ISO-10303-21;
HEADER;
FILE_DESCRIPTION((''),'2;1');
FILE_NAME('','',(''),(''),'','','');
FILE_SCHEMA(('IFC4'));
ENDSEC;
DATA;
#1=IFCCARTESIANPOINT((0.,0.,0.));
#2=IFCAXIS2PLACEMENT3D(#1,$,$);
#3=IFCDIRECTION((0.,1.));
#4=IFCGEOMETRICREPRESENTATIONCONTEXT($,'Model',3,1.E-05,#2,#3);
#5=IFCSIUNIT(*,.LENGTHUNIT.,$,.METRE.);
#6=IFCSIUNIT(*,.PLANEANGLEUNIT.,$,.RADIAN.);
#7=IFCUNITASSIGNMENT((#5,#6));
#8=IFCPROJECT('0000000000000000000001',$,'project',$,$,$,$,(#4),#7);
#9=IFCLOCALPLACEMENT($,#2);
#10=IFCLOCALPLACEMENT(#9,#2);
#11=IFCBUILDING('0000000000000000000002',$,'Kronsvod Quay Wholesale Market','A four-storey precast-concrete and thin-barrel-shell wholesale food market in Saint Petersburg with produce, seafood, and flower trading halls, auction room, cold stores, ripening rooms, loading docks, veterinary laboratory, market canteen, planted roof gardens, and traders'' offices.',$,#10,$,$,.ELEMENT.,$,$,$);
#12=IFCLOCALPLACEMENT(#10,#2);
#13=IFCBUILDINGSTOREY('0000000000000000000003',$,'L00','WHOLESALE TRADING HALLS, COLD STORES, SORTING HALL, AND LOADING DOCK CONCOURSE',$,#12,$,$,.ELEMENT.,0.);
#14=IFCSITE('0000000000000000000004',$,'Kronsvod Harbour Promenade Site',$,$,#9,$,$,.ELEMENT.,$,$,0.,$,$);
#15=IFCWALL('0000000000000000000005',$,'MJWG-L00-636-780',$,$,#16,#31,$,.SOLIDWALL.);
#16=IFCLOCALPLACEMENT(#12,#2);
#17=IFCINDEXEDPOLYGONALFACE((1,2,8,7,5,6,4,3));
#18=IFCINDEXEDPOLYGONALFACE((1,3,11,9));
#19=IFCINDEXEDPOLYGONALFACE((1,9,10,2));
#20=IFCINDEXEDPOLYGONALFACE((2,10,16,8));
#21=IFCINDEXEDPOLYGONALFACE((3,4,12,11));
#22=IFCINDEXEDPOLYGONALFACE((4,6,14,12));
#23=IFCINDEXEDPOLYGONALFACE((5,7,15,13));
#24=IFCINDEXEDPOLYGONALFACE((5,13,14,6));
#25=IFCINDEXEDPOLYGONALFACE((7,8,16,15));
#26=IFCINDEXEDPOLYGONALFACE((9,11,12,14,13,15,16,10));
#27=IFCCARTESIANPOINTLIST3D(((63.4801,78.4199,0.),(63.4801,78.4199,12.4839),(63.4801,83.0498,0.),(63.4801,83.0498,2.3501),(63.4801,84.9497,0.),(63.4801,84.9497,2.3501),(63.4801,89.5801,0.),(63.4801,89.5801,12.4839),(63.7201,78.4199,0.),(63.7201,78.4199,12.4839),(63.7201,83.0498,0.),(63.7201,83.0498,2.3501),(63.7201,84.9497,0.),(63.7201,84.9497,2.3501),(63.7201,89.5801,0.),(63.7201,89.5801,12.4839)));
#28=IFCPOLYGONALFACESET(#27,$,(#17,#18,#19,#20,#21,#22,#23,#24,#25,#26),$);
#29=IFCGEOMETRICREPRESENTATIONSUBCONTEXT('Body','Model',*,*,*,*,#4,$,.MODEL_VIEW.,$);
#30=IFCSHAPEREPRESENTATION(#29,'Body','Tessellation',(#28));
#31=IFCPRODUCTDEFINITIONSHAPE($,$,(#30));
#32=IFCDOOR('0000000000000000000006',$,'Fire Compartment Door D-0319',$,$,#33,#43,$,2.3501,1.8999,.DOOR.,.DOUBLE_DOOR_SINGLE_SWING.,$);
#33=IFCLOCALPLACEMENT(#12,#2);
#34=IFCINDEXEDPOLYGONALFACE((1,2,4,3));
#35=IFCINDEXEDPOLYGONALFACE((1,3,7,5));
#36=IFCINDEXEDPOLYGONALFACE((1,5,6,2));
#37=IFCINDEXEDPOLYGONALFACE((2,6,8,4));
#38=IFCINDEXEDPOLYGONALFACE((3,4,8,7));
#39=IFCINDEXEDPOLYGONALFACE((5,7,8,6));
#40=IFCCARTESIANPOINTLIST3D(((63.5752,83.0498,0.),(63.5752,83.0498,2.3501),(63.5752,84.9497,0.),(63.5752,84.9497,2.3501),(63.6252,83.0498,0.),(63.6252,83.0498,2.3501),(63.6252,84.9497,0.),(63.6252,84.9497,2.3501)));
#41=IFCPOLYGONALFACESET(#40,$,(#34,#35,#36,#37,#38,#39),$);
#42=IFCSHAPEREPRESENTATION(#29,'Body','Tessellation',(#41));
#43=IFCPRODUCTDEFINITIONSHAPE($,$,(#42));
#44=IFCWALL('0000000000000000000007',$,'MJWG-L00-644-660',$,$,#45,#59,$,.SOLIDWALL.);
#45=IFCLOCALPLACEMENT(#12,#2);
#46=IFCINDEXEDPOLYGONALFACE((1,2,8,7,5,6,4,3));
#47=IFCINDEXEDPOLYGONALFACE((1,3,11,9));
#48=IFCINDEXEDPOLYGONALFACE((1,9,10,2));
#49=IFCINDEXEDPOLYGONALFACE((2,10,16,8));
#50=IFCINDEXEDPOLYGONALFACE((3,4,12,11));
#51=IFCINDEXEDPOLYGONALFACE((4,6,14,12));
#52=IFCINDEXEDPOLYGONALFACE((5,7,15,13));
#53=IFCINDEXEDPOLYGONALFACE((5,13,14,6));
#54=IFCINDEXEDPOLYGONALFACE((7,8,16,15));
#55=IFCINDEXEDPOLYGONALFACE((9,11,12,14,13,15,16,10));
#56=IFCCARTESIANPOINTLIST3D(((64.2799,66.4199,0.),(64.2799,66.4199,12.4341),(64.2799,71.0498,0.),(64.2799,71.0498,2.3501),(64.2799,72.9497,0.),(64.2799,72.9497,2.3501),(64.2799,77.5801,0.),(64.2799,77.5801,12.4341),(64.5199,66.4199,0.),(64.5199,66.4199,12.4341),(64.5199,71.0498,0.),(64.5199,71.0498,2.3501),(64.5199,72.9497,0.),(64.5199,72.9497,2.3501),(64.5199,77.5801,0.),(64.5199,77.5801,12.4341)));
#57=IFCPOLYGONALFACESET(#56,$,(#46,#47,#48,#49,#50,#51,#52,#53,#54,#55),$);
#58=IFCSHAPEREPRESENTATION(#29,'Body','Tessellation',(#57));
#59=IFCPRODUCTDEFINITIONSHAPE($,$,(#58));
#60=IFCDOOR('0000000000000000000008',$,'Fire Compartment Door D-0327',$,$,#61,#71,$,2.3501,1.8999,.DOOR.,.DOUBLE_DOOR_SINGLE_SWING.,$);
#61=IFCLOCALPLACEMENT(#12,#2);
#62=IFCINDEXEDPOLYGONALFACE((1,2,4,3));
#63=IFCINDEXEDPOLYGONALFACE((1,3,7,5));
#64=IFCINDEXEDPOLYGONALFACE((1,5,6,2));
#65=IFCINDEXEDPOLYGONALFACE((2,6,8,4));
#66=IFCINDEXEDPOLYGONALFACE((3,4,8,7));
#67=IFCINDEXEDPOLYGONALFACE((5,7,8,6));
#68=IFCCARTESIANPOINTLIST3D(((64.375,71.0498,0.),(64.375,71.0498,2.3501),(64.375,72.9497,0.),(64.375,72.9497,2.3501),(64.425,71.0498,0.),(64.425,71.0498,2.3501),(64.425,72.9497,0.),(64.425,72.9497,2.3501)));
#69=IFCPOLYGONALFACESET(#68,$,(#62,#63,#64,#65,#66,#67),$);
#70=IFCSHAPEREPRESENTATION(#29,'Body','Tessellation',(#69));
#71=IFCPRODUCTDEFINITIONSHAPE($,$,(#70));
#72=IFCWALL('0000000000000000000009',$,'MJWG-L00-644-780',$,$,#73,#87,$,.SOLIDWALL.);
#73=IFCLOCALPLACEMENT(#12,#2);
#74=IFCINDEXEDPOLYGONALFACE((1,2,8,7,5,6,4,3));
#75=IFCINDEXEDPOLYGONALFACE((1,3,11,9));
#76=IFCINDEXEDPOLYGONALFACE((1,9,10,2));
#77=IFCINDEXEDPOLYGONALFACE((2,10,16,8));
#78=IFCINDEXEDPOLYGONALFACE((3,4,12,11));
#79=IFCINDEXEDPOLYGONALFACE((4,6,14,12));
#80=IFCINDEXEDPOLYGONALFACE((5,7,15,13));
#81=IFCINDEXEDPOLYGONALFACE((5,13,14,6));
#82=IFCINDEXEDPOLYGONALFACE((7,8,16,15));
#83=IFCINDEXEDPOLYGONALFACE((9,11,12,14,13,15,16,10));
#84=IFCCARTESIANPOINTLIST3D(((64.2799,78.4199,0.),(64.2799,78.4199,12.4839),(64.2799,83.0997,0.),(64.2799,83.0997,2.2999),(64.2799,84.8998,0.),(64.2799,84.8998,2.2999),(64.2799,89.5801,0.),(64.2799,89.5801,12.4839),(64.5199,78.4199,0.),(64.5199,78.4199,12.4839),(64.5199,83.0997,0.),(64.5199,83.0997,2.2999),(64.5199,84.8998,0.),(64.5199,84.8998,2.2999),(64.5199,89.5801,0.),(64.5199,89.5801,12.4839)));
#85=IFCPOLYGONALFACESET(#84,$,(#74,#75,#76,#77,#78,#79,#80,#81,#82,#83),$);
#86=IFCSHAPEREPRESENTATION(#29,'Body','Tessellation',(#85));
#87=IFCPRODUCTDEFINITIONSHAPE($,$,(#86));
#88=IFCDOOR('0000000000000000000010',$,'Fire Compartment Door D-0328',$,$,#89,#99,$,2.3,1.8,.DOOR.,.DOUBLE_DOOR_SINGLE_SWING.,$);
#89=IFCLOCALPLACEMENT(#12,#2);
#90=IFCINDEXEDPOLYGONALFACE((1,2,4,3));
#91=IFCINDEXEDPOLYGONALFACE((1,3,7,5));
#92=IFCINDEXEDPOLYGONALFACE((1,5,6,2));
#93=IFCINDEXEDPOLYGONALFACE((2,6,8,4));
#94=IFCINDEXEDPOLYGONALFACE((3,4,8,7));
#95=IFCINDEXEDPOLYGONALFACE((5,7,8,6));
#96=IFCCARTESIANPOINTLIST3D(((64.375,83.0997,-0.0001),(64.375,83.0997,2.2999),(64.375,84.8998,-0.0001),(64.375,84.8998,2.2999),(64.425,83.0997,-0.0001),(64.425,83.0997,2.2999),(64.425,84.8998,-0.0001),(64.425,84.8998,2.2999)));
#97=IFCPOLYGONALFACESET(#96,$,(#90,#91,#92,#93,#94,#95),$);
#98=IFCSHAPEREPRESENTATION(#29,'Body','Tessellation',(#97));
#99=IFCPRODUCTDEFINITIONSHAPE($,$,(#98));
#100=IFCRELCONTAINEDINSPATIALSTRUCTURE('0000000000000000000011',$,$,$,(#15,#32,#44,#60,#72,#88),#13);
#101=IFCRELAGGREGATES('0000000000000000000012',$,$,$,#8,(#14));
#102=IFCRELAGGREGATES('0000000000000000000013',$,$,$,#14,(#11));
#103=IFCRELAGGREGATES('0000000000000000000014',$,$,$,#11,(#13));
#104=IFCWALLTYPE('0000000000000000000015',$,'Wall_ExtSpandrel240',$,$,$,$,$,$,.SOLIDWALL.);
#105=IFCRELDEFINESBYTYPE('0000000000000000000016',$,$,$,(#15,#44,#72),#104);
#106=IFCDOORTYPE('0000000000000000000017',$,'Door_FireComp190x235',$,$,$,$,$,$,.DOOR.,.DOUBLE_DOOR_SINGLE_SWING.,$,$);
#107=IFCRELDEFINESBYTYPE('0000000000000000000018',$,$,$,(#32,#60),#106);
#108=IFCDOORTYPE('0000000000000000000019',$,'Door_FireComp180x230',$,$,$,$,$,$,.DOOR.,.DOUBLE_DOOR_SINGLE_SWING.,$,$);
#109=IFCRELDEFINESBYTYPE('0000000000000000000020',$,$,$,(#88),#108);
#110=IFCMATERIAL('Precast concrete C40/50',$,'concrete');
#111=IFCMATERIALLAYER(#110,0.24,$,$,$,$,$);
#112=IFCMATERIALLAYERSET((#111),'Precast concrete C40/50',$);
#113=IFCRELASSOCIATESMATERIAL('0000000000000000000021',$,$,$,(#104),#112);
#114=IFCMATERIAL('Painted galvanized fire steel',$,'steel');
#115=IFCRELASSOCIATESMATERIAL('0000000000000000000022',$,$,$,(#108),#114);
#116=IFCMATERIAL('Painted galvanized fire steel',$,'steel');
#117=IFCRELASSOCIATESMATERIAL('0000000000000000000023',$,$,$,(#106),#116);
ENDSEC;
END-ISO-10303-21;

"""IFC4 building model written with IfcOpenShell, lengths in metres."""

from ifc_helpers import new_model, si_unit, direction, frame, frame_2d, origin, place, context, subcontext, project, spatial, rectangle, extrude, material, layer, layer_set, type_object, element, fill, save


model = new_model("IFC4")

# Units and contexts
model_context = context("Model", 3, precision=1e-05, world=origin(), true_north=direction((0.0, 1.0)))
body_context = subcontext(model_context, "Body", "Model", "MODEL_VIEW")
ifc_project = project(units=[si_unit("LENGTHUNIT", "METRE"), si_unit("PLANEANGLEUNIT", "RADIAN")], contexts=[model_context])

# Site, building, storey
site_placement = place(None, origin())
site = spatial("IfcSite", under=ifc_project, at=site_placement, Name="Kronsvod Harbour Promenade Site", CompositionType="ELEMENT", RefElevation=0.0)
building_placement = place(site_placement, origin())
building = spatial("IfcBuilding", under=site, at=building_placement, Name="Kronsvod Quay Wholesale Market", Description="A four-storey precast-concrete and thin-barrel-shell wholesale food market in Saint Petersburg with produce, seafood, and flower trading halls, auction room, cold stores, ripening rooms, loading docks, veterinary laboratory, market canteen, planted roof gardens, and traders' offices.", CompositionType="ELEMENT")
storey_placement = place(building_placement, origin())
storey = spatial("IfcBuildingStorey", under=building, at=storey_placement, Name="L00", Description="WHOLESALE TRADING HALLS, COLD STORES, SORTING HALL, AND LOADING DOCK CONCOURSE", CompositionType="ELEMENT", Elevation=0.0)

# Walls, openings, doors
ifc_material_1 = material(Name="Precast concrete C40/50", Category="concrete")
ifc_layer = layer(ifc_material_1, 0.24)
ifc_layer_set = layer_set([ifc_layer], Name="Precast concrete C40/50")
wall_type = type_object("IfcWallType", Name="Wall_ExtSpandrel240", PredefinedType="SOLIDWALL", material=ifc_layer_set)
ifc_material_2 = material(Name="Painted galvanized fire steel", Category="steel")
door_type_1 = type_object("IfcDoorType", Name="Door_FireComp180x230", OperationType="DOUBLE_DOOR_SINGLE_SWING", PredefinedType="DOOR", material=ifc_material_2)
wall_1_placement = place(storey_placement, frame((63.6001, 78.4199, 0.0), z_axis=(0.0, 0.0, 1.0), x_axis=(0.0, 1.0, 0.0)))
wall_1 = element("IfcWall", 1, at=wall_1_placement, inside=storey, type_object=wall_type, Name="MJWG-L00-636-780", PredefinedType="SOLIDWALL", context=body_context, shape_type="SweptSolid", body=[
    extrude(rectangle(XDim=11.1602, YDim=0.24, at=frame_2d((5.5801, 0.0))), origin(), (0.0, 0.0, 1.0), 12.4839),
])
opening_1_placement = place(wall_1_placement, frame((4.6299, 0.0, 0.0)))
opening_1 = element("IfcOpeningElement", 2, at=opening_1_placement, cuts=wall_1, PredefinedType="OPENING", context=body_context, shape_type="SweptSolid", body=[
    extrude(rectangle(XDim=1.8999, YDim=2.3501, at=frame_2d((0.95, 1.175))), frame((0.0, 0.1299, 0.0), z_axis=(0.0, -1.0, 0.0), x_axis=(1.0, 0.0, 0.0)), (0.0, 0.0, 1.0), 0.26),
])
ifc_material_3 = material(Name="Painted galvanized fire steel", Category="steel")
door_type_2 = type_object("IfcDoorType", Name="Door_FireComp190x235", OperationType="DOUBLE_DOOR_SINGLE_SWING", PredefinedType="DOOR", material=ifc_material_3)
door_1_placement = place(opening_1_placement, origin())
door_1 = element("IfcDoor", 3, at=door_1_placement, inside=storey, type_object=door_type_2, Name="Fire Compartment Door D-0319", OperationType="DOUBLE_DOOR_SINGLE_SWING", OverallHeight=2.3501, OverallWidth=1.8999, PredefinedType="DOOR", context=body_context, shape_type="SweptSolid", body=[
    extrude(rectangle(XDim=1.8999, YDim=2.3501, at=frame_2d((0.95, 1.175))), frame((0.0, 0.0249, 0.0), z_axis=(0.0, -1.0, 0.0), x_axis=(1.0, 0.0, 0.0)), (0.0, 0.0, 1.0), 0.05),
])
fill(opening_1, door_1)
wall_2_placement = place(storey_placement, frame((64.3999, 66.4199, 0.0), z_axis=(0.0, 0.0, 1.0), x_axis=(0.0, 1.0, 0.0)))
wall_2 = element("IfcWall", 4, at=wall_2_placement, inside=storey, type_object=wall_type, Name="MJWG-L00-644-660", PredefinedType="SOLIDWALL", context=body_context, shape_type="SweptSolid", body=[
    extrude(rectangle(XDim=11.1602, YDim=0.24, at=frame_2d((5.5801, 0.0))), origin(), (0.0, 0.0, 1.0), 12.4341),
])
opening_2_placement = place(wall_2_placement, frame((4.6299, 0.0, 0.0)))
opening_2 = element("IfcOpeningElement", 5, at=opening_2_placement, cuts=wall_2, PredefinedType="OPENING", context=body_context, shape_type="SweptSolid", body=[
    extrude(rectangle(XDim=1.8999, YDim=2.3501, at=frame_2d((0.95, 1.175))), frame((0.0, 0.1299, 0.0), z_axis=(0.0, -1.0, 0.0), x_axis=(1.0, 0.0, 0.0)), (0.0, 0.0, 1.0), 0.26),
])
door_2_placement = place(opening_2_placement, origin())
door_2 = element("IfcDoor", 6, at=door_2_placement, inside=storey, type_object=door_type_2, Name="Fire Compartment Door D-0327", OperationType="DOUBLE_DOOR_SINGLE_SWING", OverallHeight=2.3501, OverallWidth=1.8999, PredefinedType="DOOR", context=body_context, shape_type="SweptSolid", body=[
    extrude(rectangle(XDim=1.8999, YDim=2.3501, at=frame_2d((0.95, 1.175))), frame((0.0, 0.0249, 0.0), z_axis=(0.0, -1.0, 0.0), x_axis=(1.0, 0.0, 0.0)), (0.0, 0.0, 1.0), 0.05),
])
fill(opening_2, door_2)
wall_3_placement = place(storey_placement, frame((64.3999, 78.4199, 0.0), z_axis=(0.0, 0.0, 1.0), x_axis=(0.0, 1.0, 0.0)))
wall_3 = element("IfcWall", 7, at=wall_3_placement, inside=storey, type_object=wall_type, Name="MJWG-L00-644-780", PredefinedType="SOLIDWALL", context=body_context, shape_type="SweptSolid", body=[
    extrude(rectangle(XDim=11.1602, YDim=0.24, at=frame_2d((5.5801, 0.0))), origin(), (0.0, 0.0, 1.0), 12.4839),
])
opening_3_placement = place(wall_3_placement, frame((4.6799, 0.0, 0.0)))
opening_3 = element("IfcOpeningElement", 8, at=opening_3_placement, cuts=wall_3, PredefinedType="OPENING", context=body_context, shape_type="SweptSolid", body=[
    extrude(rectangle(XDim=1.8, YDim=2.3, at=frame_2d((0.8999, 1.1499))), frame((0.0, 0.1299, 0.0), z_axis=(0.0, -1.0, 0.0), x_axis=(1.0, 0.0, 0.0)), (0.0, 0.0, 1.0), 0.26),
])
door_3_placement = place(opening_3_placement, origin())
door_3 = element("IfcDoor", 9, at=door_3_placement, inside=storey, type_object=door_type_1, Name="Fire Compartment Door D-0328", OperationType="DOUBLE_DOOR_SINGLE_SWING", OverallHeight=2.3, OverallWidth=1.8, PredefinedType="DOOR", context=body_context, shape_type="SweptSolid", body=[
    extrude(rectangle(XDim=1.8, YDim=2.3, at=frame_2d((0.8999, 1.1499))), frame((0.0, 0.0249, 0.0), z_axis=(0.0, -1.0, 0.0), x_axis=(1.0, 0.0, 0.0)), (0.0, 0.0, 1.0), 0.05),
])
fill(opening_3, door_3)

save(model, "model.ifc")
